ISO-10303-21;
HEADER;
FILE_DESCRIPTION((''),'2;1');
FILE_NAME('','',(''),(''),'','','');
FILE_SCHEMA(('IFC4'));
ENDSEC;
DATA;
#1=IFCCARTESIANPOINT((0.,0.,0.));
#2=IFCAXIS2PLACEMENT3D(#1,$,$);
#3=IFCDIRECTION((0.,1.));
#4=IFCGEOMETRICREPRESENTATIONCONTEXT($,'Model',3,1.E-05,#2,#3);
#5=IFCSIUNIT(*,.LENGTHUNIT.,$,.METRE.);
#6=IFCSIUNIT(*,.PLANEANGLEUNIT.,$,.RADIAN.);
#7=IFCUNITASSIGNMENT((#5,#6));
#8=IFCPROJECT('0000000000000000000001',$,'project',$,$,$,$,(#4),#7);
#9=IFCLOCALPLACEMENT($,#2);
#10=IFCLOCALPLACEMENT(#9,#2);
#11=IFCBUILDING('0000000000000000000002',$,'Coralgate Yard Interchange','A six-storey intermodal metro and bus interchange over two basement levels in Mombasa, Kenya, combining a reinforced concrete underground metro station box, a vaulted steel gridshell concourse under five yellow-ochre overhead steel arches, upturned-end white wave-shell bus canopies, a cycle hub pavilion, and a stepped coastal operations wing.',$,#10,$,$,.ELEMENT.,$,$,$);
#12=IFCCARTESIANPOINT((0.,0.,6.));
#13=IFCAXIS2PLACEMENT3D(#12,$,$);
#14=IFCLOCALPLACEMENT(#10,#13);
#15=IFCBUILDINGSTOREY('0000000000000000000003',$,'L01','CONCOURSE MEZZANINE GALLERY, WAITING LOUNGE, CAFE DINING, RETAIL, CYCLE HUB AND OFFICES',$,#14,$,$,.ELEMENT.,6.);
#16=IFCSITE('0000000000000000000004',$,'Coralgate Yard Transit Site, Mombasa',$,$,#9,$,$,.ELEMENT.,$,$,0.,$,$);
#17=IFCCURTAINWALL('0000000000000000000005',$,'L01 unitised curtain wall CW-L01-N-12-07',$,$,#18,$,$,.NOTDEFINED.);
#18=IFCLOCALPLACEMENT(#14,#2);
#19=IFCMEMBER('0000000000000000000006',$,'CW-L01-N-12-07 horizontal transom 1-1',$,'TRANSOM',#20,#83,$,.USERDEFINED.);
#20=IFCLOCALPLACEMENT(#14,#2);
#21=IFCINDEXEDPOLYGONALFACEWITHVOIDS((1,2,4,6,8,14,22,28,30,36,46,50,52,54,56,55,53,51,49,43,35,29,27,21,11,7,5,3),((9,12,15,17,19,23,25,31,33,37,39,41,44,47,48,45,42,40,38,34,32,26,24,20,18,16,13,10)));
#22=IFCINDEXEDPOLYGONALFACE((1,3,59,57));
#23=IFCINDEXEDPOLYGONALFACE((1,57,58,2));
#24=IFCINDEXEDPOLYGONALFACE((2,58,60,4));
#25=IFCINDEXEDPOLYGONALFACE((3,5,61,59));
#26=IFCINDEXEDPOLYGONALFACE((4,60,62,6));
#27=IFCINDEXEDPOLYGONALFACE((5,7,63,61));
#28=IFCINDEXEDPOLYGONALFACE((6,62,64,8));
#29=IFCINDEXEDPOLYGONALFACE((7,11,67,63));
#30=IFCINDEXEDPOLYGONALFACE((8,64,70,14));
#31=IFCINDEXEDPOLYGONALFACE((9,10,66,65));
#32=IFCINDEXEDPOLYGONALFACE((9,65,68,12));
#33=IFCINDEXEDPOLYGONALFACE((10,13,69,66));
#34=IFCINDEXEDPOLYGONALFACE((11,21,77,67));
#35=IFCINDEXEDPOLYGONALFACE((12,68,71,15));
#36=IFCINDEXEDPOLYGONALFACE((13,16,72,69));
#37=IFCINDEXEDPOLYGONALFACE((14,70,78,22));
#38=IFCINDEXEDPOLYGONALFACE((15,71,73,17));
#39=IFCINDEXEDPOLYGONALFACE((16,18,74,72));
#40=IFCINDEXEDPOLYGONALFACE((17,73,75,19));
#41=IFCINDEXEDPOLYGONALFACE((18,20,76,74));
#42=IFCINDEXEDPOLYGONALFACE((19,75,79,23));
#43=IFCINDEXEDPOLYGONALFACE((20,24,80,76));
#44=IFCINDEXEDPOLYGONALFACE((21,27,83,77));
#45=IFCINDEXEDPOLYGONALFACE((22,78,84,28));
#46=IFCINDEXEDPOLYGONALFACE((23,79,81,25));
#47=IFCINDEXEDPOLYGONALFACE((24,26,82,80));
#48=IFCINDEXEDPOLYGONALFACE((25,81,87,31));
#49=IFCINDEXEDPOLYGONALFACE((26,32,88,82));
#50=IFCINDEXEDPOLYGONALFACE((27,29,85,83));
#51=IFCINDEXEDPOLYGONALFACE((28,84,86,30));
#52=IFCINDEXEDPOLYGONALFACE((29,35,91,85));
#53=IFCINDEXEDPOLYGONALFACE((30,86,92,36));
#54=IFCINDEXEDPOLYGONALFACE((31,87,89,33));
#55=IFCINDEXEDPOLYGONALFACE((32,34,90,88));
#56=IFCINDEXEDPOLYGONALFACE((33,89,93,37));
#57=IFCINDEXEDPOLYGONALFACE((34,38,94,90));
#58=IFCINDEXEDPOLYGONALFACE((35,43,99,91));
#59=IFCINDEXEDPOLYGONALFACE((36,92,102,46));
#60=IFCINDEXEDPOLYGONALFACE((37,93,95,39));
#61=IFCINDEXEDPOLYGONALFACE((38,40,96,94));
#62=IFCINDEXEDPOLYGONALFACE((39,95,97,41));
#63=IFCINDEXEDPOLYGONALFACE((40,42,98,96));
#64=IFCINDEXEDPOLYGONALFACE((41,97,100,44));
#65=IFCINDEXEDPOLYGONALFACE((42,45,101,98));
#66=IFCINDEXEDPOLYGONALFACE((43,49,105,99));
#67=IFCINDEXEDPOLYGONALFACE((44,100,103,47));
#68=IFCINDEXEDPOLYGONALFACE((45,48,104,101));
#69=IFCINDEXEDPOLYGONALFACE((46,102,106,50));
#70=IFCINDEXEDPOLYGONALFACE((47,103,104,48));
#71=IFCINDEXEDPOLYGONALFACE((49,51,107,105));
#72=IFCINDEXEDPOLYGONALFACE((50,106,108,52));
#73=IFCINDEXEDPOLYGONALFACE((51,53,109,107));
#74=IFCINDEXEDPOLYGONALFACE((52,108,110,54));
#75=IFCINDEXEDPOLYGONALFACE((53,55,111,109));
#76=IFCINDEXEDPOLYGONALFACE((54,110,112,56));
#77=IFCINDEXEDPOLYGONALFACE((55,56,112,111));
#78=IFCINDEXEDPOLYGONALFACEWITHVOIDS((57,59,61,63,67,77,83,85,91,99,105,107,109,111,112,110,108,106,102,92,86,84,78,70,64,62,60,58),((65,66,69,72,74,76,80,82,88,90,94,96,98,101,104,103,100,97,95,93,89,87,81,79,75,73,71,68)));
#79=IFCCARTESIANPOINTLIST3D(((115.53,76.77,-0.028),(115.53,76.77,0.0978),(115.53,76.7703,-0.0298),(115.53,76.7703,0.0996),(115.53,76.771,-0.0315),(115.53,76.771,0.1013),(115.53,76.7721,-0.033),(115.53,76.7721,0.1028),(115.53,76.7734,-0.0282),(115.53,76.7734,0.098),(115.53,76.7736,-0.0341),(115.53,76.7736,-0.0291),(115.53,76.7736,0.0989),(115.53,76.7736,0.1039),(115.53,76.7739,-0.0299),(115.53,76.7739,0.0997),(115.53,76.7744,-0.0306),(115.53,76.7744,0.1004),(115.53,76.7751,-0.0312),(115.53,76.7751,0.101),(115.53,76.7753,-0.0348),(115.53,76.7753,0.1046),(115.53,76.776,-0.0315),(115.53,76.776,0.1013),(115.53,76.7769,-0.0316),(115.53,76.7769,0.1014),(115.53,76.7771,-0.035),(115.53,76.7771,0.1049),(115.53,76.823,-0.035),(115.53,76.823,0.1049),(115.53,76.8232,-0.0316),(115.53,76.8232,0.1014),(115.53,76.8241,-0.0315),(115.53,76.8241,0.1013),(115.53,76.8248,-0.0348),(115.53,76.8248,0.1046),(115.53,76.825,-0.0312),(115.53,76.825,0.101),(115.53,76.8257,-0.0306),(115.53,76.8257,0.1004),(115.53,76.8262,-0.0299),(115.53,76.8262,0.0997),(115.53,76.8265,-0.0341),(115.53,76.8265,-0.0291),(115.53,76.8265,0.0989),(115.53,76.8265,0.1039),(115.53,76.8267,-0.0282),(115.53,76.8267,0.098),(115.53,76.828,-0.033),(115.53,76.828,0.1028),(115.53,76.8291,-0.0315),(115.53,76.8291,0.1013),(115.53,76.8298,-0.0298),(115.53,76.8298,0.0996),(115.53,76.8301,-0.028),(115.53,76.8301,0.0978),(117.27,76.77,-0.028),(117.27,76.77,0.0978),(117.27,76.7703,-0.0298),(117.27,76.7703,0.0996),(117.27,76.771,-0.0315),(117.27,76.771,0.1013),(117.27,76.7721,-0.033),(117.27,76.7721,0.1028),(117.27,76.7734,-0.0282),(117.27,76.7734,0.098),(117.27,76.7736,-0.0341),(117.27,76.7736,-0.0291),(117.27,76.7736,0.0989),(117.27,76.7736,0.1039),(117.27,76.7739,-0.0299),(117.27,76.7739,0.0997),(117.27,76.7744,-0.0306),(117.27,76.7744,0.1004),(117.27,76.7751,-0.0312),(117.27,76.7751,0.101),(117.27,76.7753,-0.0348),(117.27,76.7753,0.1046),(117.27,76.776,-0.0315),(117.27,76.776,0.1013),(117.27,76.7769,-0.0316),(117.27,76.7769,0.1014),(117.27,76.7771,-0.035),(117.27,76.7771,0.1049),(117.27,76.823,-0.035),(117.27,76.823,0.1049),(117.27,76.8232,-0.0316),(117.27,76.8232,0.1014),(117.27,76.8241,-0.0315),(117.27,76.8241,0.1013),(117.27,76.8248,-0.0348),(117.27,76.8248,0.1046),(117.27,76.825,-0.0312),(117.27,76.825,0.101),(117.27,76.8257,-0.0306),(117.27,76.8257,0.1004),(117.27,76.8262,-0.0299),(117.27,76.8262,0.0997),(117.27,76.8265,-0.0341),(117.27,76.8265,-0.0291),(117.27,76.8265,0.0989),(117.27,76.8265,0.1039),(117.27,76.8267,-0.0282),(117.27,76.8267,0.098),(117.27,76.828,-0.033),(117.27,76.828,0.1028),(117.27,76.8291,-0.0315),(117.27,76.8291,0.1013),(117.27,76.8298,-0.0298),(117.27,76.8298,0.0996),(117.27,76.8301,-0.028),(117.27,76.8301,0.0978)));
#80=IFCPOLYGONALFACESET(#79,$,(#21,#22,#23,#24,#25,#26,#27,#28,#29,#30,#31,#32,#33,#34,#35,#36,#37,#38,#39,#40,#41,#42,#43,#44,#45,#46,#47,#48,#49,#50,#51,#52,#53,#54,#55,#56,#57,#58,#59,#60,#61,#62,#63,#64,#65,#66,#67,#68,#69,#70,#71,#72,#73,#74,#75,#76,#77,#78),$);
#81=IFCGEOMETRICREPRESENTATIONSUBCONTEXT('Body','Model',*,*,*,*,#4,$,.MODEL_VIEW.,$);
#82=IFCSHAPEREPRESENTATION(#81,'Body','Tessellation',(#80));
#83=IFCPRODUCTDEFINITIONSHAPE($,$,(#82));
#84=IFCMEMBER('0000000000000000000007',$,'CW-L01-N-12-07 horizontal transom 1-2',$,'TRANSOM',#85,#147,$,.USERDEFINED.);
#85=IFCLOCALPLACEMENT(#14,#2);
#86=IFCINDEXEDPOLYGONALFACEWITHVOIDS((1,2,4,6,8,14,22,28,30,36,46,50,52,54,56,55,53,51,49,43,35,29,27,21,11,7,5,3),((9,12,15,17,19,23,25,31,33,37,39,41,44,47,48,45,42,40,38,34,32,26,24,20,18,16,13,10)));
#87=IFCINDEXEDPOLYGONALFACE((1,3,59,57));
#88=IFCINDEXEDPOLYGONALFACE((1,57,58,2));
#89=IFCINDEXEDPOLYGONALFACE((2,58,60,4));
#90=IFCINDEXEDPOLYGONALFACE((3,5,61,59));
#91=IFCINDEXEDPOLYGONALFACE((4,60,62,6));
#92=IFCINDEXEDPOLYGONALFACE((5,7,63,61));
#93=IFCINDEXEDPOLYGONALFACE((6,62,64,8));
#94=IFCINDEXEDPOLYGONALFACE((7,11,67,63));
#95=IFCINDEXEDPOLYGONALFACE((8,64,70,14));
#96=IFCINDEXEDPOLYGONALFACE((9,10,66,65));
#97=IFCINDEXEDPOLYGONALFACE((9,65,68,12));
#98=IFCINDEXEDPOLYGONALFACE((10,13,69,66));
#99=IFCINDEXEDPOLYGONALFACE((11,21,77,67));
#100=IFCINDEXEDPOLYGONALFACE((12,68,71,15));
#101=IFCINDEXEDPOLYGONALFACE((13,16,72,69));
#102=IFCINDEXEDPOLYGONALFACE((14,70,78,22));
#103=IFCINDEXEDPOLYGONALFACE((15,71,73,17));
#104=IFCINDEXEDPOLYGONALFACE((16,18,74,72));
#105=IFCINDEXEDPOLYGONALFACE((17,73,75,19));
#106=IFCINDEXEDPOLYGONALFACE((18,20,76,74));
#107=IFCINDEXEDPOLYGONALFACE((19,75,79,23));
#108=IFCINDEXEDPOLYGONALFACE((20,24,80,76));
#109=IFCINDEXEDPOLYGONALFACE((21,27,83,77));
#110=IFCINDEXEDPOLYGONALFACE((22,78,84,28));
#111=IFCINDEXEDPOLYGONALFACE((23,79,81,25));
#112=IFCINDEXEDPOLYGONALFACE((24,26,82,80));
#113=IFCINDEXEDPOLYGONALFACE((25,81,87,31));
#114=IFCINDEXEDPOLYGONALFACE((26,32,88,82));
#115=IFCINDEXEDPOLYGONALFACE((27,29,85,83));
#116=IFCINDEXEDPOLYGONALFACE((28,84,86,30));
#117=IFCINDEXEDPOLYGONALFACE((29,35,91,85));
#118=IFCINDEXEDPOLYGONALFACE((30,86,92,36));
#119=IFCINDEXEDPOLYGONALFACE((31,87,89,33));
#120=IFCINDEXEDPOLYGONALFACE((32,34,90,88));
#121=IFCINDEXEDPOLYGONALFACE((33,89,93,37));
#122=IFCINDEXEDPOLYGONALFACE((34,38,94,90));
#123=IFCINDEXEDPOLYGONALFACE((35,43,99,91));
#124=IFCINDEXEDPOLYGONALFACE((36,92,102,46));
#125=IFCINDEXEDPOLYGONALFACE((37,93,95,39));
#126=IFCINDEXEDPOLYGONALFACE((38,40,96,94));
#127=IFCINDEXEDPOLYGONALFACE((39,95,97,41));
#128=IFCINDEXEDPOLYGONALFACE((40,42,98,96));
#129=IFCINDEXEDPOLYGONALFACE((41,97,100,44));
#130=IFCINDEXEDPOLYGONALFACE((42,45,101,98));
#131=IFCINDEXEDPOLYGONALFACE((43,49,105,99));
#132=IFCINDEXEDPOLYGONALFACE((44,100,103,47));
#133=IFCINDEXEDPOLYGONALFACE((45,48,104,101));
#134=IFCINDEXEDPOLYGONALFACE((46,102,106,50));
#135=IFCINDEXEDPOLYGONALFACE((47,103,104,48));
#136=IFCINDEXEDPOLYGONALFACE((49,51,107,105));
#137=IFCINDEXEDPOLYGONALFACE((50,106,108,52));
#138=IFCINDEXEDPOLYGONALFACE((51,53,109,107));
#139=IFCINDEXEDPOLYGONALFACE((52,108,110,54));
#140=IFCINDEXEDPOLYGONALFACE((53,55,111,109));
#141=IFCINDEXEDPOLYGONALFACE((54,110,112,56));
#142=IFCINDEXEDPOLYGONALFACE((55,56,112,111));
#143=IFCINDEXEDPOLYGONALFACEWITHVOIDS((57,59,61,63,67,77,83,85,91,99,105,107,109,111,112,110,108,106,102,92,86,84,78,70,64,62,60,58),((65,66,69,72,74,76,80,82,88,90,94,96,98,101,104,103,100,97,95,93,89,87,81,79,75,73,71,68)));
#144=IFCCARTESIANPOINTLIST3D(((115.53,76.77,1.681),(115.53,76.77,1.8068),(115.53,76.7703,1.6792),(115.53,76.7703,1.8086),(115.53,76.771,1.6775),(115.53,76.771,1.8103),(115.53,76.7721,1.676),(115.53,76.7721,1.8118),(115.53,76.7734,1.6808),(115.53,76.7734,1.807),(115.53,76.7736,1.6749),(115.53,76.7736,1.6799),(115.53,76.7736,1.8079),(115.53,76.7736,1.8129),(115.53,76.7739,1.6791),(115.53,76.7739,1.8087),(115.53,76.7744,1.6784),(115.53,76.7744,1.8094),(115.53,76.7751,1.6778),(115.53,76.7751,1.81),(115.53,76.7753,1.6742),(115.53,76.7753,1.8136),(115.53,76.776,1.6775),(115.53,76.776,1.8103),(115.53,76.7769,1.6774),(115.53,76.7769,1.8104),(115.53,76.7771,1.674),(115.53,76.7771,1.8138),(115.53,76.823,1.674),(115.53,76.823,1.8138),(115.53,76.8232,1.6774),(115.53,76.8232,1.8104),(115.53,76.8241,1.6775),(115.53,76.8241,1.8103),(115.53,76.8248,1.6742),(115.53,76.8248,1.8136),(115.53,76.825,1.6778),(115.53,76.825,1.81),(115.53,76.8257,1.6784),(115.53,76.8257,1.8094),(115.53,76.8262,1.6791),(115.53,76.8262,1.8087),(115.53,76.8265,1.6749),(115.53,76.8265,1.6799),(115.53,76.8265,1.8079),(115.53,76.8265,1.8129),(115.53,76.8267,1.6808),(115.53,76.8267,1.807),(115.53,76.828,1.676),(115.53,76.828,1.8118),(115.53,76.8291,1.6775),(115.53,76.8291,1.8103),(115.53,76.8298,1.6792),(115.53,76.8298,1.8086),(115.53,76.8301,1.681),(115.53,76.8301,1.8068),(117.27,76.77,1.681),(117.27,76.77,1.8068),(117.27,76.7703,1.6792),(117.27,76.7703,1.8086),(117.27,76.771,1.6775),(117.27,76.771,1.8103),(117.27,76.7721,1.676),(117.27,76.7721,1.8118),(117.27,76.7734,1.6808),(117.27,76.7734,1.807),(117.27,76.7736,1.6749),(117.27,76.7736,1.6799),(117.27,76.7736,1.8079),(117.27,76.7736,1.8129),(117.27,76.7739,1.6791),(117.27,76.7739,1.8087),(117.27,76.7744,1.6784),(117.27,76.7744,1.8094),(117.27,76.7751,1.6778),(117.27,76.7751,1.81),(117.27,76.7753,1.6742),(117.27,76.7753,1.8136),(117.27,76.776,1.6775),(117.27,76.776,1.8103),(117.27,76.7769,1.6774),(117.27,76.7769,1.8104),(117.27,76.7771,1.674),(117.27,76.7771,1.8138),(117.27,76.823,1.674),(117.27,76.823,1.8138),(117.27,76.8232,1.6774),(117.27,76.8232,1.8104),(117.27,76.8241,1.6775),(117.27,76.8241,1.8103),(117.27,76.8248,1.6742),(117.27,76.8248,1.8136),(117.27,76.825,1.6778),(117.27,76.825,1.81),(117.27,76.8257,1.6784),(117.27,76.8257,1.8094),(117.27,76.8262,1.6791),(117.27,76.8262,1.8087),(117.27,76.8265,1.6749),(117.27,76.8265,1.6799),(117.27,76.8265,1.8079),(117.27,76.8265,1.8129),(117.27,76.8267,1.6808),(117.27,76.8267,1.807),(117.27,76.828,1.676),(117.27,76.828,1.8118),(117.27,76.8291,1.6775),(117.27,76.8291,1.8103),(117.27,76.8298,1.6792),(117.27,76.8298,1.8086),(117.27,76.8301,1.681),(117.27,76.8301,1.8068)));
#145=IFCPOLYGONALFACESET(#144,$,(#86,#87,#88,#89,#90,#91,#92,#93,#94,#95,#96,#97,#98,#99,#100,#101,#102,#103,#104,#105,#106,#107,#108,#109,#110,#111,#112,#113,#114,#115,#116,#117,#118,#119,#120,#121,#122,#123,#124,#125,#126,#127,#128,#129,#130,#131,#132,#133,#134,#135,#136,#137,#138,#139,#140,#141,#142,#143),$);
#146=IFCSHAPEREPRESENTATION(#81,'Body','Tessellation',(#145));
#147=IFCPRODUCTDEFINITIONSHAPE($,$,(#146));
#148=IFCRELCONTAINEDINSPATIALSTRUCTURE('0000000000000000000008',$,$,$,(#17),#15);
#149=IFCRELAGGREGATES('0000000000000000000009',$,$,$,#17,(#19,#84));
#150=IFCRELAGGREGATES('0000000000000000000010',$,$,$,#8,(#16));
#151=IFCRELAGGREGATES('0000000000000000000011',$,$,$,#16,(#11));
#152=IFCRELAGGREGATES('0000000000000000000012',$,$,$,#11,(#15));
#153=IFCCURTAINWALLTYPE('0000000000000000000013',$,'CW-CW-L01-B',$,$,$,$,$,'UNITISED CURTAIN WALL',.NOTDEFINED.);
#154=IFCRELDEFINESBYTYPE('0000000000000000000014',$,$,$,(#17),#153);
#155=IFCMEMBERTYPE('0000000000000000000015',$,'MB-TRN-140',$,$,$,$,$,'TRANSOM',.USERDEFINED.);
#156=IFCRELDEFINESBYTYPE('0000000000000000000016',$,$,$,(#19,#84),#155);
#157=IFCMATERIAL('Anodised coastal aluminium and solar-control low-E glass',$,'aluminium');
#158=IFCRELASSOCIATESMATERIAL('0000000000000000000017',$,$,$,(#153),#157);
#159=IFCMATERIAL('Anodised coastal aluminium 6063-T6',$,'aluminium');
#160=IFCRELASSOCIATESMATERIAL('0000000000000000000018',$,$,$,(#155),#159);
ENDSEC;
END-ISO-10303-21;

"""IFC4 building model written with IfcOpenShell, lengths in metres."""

from ifc_helpers import new_model, si_unit, direction, frame, origin, origin_2d, place, context, subcontext, project, spatial, hollow_rectangle, extrude, material, material_profile, profile_set, type_object, element, aggregate, save


model = new_model("IFC4")

# Units and contexts
model_context = context("Model", 3, precision=1e-05, world=origin(), true_north=direction((0.0, 1.0)))
body_context = subcontext(model_context, "Body", "Model", "MODEL_VIEW")
ifc_project = project(units=[si_unit("LENGTHUNIT", "METRE"), si_unit("PLANEANGLEUNIT", "RADIAN")], contexts=[model_context])

# Site, building, storey
site_placement = place(None, origin())
site = spatial("IfcSite", under=ifc_project, at=site_placement, Name="Coralgate Yard Transit Site, Mombasa", CompositionType="ELEMENT", RefElevation=0.0)
building_placement = place(site_placement, origin())
building = spatial("IfcBuilding", under=site, at=building_placement, Name="Coralgate Yard Interchange", Description="A six-storey intermodal metro and bus interchange over two basement levels in Mombasa, Kenya, combining a reinforced concrete underground metro station box, a vaulted steel gridshell concourse under five yellow-ochre overhead steel arches, upturned-end white wave-shell bus canopies, a cycle hub pavilion, and a stepped coastal operations wing.", CompositionType="ELEMENT")
storey_placement = place(building_placement, frame((0.0, 0.0, 6.0)))
storey = spatial("IfcBuildingStorey", under=building, at=storey_placement, Name="L01", Description="CONCOURSE MEZZANINE GALLERY, WAITING LOUNGE, CAFE DINING, RETAIL, CYCLE HUB AND OFFICES", CompositionType="ELEMENT", Elevation=6.0)

# Shared definitions
ifc_material_1 = material(Name="Anodised coastal aluminium and solar-control low-E glass", Category="aluminium")
curtain_wall_type = type_object("IfcCurtainWallType", Name="CW-CW-L01-B", ElementType="UNITISED CURTAIN WALL", PredefinedType="NOTDEFINED", material=ifc_material_1)
ifc_material_2 = material(Name="Anodised coastal aluminium 6063-T6", Category="aluminium")

# Curtain wall, members
curtain_wall_1_placement = place(storey_placement, origin())
curtain_wall_1 = element("IfcCurtainWall", 1, at=curtain_wall_1_placement, inside=storey, type_object=curtain_wall_type, Name="L01 unitised curtain wall CW-L01-N-12-07", PredefinedType="NOTDEFINED")
ifc_material_profile_1 = material_profile(ifc_material_2, hollow_rectangle(XDim=0.0601, YDim=0.1399, WallThickness=0.0034, InnerFilletRadius=0.0034, OuterFilletRadius=0.0071, at=origin_2d()), Name="ALU 60x140x3.5")
ifc_profile_set_1 = profile_set([ifc_material_profile_1], Name="Anodised coastal aluminium 6063-T6")
member_type_1 = type_object("IfcMemberType", Name="MB-TRN-140", ElementType="TRANSOM", PredefinedType="USERDEFINED", material=ifc_profile_set_1)
member_1_placement = place(storey_placement, frame((115.53, 76.8, 0.0349), z_axis=(1.0, 0.0, 0.0), x_axis=(0.0, 1.0, 0.0)))
member_1 = element("IfcMember", 2, at=member_1_placement, type_object=member_type_1, Name="CW-L01-N-12-07 horizontal transom 1-1", ObjectType="TRANSOM", PredefinedType="USERDEFINED", context=body_context, shape_type="SweptSolid", body=[
    extrude(hollow_rectangle(XDim=0.0601, YDim=0.1399, WallThickness=0.0034, InnerFilletRadius=0.0034, OuterFilletRadius=0.0071, at=origin_2d()), origin(), (0.0, 0.0, 1.0), 1.74),
])
member_2_placement = place(storey_placement, frame((115.53, 76.8, 1.7439), z_axis=(1.0, 0.0, 0.0), x_axis=(0.0, 1.0, 0.0)))
member_2 = element("IfcMember", 3, at=member_2_placement, type_object=member_type_1, Name="CW-L01-N-12-07 horizontal transom 1-2", ObjectType="TRANSOM", PredefinedType="USERDEFINED", context=body_context, shape_type="SweptSolid", body=[
    extrude(hollow_rectangle(XDim=0.0601, YDim=0.1399, WallThickness=0.0034, InnerFilletRadius=0.0034, OuterFilletRadius=0.0071, at=origin_2d()), origin(), (0.0, 0.0, 1.0), 1.74),
])
aggregate(curtain_wall_1, [member_1, member_2])

save(model, "model.ifc")
